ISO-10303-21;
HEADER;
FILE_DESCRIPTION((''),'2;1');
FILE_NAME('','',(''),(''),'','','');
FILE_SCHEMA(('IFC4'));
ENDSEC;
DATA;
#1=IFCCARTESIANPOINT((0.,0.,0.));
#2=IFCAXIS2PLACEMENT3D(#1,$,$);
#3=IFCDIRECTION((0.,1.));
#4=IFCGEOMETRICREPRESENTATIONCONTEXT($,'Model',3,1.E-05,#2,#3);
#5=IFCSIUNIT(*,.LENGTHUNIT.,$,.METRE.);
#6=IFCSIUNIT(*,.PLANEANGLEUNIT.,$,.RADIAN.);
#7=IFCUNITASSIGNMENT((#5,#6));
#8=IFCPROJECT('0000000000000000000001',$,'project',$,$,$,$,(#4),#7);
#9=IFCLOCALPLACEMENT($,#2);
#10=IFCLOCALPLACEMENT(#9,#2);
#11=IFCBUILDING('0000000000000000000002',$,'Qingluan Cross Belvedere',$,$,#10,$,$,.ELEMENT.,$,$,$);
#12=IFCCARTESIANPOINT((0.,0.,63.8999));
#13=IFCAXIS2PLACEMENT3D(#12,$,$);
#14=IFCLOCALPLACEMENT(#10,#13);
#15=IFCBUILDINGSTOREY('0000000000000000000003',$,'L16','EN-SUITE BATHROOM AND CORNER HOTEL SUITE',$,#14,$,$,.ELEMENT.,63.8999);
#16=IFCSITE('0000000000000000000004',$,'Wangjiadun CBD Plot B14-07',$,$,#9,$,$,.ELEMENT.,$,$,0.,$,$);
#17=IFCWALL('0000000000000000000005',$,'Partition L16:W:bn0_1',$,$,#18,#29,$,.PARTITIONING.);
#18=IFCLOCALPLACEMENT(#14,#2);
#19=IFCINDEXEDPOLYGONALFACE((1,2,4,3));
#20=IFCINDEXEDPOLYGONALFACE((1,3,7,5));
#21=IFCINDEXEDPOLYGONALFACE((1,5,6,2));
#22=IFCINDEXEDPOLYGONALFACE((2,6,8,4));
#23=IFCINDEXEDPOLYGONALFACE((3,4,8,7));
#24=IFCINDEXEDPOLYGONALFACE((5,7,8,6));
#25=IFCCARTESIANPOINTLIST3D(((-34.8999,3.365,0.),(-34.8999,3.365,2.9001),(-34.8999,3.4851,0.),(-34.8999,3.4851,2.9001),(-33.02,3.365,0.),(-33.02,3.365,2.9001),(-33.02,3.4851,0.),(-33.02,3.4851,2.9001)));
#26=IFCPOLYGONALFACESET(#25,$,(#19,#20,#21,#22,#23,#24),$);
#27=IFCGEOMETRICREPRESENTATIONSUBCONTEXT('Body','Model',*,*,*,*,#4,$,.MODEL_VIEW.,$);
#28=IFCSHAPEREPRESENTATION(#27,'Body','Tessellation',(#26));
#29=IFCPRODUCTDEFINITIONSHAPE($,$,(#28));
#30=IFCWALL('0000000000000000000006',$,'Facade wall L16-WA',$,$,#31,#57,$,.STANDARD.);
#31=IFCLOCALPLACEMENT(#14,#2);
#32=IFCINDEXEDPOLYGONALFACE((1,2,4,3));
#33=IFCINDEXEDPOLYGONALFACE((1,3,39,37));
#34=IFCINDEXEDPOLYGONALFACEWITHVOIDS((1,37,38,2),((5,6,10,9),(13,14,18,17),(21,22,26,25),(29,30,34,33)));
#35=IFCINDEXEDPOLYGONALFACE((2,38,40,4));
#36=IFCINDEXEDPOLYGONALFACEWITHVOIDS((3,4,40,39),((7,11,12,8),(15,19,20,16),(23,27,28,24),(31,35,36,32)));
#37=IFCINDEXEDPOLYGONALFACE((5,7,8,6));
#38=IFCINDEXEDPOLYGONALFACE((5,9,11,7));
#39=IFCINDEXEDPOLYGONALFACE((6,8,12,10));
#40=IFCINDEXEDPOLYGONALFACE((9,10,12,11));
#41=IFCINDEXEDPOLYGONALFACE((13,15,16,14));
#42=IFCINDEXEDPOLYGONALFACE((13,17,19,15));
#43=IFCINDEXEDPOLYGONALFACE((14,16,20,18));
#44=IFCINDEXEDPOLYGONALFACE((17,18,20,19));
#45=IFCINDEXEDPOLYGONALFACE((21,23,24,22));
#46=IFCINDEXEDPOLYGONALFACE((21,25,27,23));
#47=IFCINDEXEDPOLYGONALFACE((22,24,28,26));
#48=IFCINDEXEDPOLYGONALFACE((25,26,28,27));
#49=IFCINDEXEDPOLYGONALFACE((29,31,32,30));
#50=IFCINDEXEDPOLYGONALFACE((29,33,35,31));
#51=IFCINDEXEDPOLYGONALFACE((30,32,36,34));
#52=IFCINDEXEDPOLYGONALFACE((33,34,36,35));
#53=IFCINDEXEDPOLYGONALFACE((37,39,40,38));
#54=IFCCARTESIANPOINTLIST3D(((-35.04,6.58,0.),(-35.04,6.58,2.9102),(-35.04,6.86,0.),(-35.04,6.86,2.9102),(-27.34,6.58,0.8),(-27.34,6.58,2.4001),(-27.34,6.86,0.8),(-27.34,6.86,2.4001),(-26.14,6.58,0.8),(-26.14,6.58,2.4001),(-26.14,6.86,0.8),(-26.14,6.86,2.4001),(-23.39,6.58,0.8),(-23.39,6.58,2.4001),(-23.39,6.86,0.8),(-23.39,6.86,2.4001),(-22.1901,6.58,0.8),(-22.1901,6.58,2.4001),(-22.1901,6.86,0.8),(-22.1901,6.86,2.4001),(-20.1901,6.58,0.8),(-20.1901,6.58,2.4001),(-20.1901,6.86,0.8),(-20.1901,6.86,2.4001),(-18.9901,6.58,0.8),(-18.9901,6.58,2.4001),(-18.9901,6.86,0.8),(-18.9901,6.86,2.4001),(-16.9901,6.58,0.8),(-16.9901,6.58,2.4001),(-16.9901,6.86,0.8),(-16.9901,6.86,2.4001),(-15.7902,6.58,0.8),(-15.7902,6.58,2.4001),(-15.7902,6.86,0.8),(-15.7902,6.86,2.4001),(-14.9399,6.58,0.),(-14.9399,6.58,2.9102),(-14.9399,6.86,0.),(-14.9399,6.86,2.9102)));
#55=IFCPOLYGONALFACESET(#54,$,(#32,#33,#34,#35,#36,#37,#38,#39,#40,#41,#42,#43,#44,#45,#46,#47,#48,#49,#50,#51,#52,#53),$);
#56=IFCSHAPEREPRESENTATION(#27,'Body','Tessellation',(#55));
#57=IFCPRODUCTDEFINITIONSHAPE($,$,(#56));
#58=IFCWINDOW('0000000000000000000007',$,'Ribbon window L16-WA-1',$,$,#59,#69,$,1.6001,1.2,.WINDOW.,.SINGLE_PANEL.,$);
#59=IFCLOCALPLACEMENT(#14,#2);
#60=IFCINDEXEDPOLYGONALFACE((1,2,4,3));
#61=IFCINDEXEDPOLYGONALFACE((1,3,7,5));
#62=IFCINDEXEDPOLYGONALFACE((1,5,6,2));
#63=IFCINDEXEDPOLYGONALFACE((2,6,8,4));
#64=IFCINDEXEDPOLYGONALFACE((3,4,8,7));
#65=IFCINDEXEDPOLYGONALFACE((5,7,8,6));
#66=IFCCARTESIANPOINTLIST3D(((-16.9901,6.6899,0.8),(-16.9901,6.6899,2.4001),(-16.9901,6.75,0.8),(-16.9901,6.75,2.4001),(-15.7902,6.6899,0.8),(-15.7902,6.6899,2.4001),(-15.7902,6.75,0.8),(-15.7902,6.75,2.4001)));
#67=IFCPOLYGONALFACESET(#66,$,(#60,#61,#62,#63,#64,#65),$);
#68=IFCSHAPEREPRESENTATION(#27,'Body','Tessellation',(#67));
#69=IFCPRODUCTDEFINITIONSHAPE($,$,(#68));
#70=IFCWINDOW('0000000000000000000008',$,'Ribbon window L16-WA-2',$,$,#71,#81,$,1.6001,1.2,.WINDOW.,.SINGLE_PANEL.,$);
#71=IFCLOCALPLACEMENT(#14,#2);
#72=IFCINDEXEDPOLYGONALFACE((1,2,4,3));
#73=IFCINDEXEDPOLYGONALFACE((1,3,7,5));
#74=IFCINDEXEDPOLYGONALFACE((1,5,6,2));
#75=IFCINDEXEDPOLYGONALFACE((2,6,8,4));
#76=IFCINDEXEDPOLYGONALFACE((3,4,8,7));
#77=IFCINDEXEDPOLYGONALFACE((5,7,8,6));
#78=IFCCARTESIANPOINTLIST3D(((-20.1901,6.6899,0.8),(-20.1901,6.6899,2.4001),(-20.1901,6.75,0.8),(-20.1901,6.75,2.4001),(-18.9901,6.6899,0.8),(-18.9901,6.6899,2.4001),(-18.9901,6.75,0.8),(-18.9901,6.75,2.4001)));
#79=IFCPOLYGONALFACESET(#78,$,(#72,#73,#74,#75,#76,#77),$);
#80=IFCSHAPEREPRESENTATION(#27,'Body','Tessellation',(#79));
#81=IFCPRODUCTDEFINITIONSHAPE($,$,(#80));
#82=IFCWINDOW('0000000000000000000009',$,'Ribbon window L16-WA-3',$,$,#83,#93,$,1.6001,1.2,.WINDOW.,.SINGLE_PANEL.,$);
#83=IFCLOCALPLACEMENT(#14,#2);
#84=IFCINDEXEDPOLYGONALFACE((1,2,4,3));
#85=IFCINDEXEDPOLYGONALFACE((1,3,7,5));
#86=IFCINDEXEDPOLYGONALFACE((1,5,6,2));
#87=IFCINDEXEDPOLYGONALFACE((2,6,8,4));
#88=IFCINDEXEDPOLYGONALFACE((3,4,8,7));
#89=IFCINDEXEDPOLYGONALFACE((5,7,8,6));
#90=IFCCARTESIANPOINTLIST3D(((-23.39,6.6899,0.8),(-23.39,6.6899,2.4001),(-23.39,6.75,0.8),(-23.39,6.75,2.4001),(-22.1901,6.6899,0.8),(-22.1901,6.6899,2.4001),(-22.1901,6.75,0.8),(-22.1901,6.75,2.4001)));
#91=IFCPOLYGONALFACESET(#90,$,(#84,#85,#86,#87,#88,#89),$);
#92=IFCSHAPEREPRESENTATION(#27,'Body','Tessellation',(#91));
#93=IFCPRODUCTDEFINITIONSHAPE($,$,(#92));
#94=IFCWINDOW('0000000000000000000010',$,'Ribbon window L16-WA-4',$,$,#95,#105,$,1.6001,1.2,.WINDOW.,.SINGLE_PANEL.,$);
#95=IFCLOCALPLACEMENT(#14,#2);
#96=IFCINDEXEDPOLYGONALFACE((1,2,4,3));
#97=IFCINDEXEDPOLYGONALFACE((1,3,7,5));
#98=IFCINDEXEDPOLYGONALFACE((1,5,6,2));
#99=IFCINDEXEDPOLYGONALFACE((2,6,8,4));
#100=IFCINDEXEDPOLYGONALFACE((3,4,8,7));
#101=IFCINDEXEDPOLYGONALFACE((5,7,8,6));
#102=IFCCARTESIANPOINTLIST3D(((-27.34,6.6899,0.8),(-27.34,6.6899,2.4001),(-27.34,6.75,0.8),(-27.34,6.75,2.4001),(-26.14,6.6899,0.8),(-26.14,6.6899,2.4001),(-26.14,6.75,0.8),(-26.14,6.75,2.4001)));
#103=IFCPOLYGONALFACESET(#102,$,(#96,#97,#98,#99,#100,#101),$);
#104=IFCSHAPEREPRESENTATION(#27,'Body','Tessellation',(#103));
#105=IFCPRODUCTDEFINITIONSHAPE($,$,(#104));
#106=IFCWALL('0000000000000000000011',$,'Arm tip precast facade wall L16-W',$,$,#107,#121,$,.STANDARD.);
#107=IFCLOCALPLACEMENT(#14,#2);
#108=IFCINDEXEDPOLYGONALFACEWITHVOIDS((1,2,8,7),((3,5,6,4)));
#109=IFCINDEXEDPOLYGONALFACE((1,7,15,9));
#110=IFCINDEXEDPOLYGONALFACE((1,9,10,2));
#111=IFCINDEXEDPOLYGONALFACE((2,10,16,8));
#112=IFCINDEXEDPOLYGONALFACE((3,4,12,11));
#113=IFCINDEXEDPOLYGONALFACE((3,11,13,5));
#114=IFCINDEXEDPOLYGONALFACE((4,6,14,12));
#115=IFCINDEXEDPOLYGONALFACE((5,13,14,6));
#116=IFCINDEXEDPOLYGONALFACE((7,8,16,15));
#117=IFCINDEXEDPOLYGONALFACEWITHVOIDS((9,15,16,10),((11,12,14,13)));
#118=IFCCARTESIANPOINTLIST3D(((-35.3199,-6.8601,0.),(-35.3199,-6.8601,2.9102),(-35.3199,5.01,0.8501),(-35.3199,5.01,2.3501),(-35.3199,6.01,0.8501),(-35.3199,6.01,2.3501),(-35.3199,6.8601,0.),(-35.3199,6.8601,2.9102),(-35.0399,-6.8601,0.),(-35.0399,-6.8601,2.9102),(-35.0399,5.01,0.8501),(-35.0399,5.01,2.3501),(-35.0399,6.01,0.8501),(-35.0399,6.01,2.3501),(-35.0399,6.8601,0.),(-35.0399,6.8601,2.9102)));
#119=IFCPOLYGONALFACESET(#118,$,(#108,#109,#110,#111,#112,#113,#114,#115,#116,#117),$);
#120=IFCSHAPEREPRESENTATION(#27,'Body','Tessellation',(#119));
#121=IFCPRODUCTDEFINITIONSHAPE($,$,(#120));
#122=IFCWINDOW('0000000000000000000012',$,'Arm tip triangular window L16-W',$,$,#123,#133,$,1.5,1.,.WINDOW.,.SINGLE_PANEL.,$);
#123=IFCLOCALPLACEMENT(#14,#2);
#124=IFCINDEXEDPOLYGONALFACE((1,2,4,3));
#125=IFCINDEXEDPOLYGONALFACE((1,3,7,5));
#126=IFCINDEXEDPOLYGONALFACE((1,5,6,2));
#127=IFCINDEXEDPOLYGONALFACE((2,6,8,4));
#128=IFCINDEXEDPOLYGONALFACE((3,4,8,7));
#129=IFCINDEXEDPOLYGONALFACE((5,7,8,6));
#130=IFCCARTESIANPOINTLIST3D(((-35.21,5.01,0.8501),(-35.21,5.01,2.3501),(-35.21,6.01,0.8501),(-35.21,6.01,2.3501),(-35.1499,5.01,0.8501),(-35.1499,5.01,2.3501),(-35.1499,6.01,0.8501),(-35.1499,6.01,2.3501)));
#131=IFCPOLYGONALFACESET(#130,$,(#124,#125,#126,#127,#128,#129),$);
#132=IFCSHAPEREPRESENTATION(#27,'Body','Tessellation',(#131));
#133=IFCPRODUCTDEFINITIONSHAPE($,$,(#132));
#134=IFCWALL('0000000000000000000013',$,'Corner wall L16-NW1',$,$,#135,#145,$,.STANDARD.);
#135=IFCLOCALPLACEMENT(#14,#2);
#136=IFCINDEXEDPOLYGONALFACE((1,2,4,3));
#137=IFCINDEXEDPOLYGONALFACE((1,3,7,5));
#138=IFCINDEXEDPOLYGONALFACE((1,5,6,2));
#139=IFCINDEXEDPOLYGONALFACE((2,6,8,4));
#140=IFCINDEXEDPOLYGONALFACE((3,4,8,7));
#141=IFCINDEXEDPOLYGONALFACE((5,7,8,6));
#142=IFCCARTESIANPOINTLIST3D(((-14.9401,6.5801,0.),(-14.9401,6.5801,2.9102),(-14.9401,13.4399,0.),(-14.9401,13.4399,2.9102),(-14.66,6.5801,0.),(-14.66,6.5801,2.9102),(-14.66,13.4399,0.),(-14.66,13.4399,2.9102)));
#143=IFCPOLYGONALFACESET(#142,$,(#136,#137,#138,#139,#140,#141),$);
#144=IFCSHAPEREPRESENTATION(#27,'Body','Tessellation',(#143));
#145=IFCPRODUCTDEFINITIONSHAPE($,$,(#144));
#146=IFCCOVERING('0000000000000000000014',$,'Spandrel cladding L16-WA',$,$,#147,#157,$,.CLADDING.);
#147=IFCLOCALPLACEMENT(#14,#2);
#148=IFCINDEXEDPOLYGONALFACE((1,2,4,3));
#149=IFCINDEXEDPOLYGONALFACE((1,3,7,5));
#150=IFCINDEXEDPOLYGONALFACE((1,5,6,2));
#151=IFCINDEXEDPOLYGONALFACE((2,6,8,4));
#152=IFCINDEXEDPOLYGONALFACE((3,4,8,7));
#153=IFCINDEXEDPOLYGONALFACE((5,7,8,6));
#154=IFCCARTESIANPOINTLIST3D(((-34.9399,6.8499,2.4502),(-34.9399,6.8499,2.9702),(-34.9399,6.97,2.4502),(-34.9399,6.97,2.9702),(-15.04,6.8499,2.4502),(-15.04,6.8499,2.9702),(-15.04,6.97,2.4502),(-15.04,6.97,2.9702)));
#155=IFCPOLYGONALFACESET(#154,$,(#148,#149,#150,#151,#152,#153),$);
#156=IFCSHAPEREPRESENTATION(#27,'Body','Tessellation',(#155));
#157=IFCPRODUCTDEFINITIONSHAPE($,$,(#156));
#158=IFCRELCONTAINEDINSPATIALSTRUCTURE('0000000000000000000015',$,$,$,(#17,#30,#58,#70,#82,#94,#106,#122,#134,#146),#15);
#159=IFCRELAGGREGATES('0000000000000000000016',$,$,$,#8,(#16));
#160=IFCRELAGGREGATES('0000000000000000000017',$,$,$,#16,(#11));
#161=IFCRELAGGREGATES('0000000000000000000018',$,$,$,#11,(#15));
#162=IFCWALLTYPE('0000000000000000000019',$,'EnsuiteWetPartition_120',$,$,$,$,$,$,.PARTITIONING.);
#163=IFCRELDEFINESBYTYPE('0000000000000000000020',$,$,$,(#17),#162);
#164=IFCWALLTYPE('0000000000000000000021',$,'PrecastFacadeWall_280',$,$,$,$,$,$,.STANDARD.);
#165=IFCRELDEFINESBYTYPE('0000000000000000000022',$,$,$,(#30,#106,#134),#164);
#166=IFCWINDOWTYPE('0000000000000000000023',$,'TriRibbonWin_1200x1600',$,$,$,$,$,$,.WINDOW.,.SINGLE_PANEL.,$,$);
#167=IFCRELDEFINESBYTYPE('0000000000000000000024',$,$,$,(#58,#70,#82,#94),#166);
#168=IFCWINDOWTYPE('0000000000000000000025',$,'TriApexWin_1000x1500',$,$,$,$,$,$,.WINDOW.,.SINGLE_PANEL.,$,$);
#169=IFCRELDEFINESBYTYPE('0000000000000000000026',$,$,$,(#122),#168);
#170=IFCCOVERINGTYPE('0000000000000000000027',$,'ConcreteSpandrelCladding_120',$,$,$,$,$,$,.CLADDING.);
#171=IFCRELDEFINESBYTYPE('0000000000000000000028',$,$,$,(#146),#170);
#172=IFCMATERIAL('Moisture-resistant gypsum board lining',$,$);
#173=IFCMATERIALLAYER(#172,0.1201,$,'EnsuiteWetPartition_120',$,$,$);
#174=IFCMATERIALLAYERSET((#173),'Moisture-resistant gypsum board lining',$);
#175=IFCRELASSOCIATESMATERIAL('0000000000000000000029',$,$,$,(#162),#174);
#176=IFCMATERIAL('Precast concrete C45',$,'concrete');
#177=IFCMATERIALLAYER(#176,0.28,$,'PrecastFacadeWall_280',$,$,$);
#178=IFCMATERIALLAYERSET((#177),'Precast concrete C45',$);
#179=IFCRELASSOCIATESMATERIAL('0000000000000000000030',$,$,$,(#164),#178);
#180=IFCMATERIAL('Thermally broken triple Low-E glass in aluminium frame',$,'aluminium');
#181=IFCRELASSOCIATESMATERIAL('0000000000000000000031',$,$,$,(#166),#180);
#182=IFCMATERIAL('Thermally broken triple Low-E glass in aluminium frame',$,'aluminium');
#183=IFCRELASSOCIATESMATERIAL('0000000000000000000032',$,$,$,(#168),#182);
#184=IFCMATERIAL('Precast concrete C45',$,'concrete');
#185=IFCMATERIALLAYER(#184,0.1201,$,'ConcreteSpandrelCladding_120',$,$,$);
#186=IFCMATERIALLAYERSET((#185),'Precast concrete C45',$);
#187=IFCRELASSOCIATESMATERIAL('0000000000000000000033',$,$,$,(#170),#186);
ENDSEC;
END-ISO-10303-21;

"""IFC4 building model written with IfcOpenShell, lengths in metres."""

from ifc_helpers import new_model, si_unit, direction, frame, frame_2d, origin, origin_2d, place, context, subcontext, project, spatial, rectangle, extrude, material, layer, layer_set, type_object, element, fill, save


model = new_model("IFC4")

# Units and contexts
model_context = context("Model", 3, precision=1e-05, world=origin(), true_north=direction((0.0, 1.0)))
body_context = subcontext(model_context, "Body", "Model", "MODEL_VIEW")
ifc_project = project(units=[si_unit("LENGTHUNIT", "METRE"), si_unit("PLANEANGLEUNIT", "RADIAN")], contexts=[model_context])

# Site, building, storey
site_placement = place(None, origin())
site = spatial("IfcSite", under=ifc_project, at=site_placement, Name="Wangjiadun CBD Plot B14-07", CompositionType="ELEMENT", RefElevation=0.0)
building_placement = place(site_placement, origin())
building = spatial("IfcBuilding", under=site, at=building_placement, Name="Qingluan Cross Belvedere", CompositionType="ELEMENT")
storey_placement = place(building_placement, frame((0.0, 0.0, 63.8999)))
storey = spatial("IfcBuildingStorey", under=building, at=storey_placement, Name="L16", Description="EN-SUITE BATHROOM AND CORNER HOTEL SUITE", CompositionType="ELEMENT", Elevation=63.8999)

# Shared definitions
ifc_material_1 = material(Name="Moisture-resistant gypsum board lining")
ifc_layer_1 = layer(ifc_material_1, 0.1201, Name="EnsuiteWetPartition_120")
ifc_layer_set_1 = layer_set([ifc_layer_1], Name="Moisture-resistant gypsum board lining")
wall_type_1 = type_object("IfcWallType", Name="EnsuiteWetPartition_120", PredefinedType="PARTITIONING", material=ifc_layer_set_1)

# Wall
wall_1_placement = place(storey_placement, frame((-33.02, 3.425, 0.0), z_axis=(0.0, 0.0, 1.0), x_axis=(-1.0, 0.0, 0.0)))
element("IfcWall", 1, at=wall_1_placement, inside=storey, type_object=wall_type_1, Name="Partition L16:W:bn0_1", PredefinedType="PARTITIONING", context=body_context, shape_type="SweptSolid", body=[
    extrude(rectangle(XDim=1.8799, YDim=0.1201, at=frame_2d((0.9399, 0.0))), origin(), (0.0, 0.0, 1.0), 2.9001),
])

# Wall, openings, windows
ifc_material_2 = material(Name="Precast concrete C45", Category="concrete")
ifc_layer_2 = layer(ifc_material_2, 0.28, Name="PrecastFacadeWall_280")
ifc_layer_set_2 = layer_set([ifc_layer_2], Name="Precast concrete C45")
wall_type_2 = type_object("IfcWallType", Name="PrecastFacadeWall_280", PredefinedType="STANDARD", material=ifc_layer_set_2)
wall_2_placement = place(storey_placement, frame((-14.9399, 6.72, 0.0), z_axis=(0.0, 0.0, 1.0), x_axis=(-1.0, 0.0, 0.0)))
wall_2 = element("IfcWall", 2, at=wall_2_placement, inside=storey, type_object=wall_type_2, Name="Facade wall L16-WA", PredefinedType="STANDARD", context=body_context, shape_type="SweptSolid", body=[
    extrude(rectangle(XDim=20.1001, YDim=0.28, at=frame_2d((10.05, 0.0))), origin(), (0.0, 0.0, 1.0), 2.9102),
])
opening_1_placement = place(wall_2_placement, frame((0.8501, 0.0, 0.8)))
opening_1 = element("IfcOpeningElement", 3, at=opening_1_placement, cuts=wall_2, PredefinedType="OPENING", context=body_context, shape_type="SweptSolid", body=[
    extrude(rectangle(XDim=1.2, YDim=1.6001, at=frame_2d((0.6001, 0.8))), frame((0.0, 0.1499, 0.0), z_axis=(0.0, -1.0, 0.0), x_axis=(1.0, 0.0, 0.0)), (0.0, 0.0, 1.0), 0.3),
])
opening_2_placement = place(wall_2_placement, frame((4.05, 0.0, 0.8)))
opening_2 = element("IfcOpeningElement", 4, at=opening_2_placement, cuts=wall_2, PredefinedType="OPENING", context=body_context, shape_type="SweptSolid", body=[
    extrude(rectangle(XDim=1.2, YDim=1.6001, at=frame_2d((0.6001, 0.8))), frame((0.0, 0.1499, 0.0), z_axis=(0.0, -1.0, 0.0), x_axis=(1.0, 0.0, 0.0)), (0.0, 0.0, 1.0), 0.3),
])
opening_3_placement = place(wall_2_placement, frame((7.25, 0.0, 0.8)))
opening_3 = element("IfcOpeningElement", 5, at=opening_3_placement, cuts=wall_2, PredefinedType="OPENING", context=body_context, shape_type="SweptSolid", body=[
    extrude(rectangle(XDim=1.2, YDim=1.6001, at=frame_2d((0.6001, 0.8))), frame((0.0, 0.1499, 0.0), z_axis=(0.0, -1.0, 0.0), x_axis=(1.0, 0.0, 0.0)), (0.0, 0.0, 1.0), 0.3),
])
opening_4_placement = place(wall_2_placement, frame((11.2, 0.0, 0.8)))
opening_4 = element("IfcOpeningElement", 6, at=opening_4_placement, cuts=wall_2, PredefinedType="OPENING", context=body_context, shape_type="SweptSolid", body=[
    extrude(rectangle(XDim=1.2, YDim=1.6001, at=frame_2d((0.6001, 0.8))), frame((0.0, 0.1499, 0.0), z_axis=(0.0, -1.0, 0.0), x_axis=(1.0, 0.0, 0.0)), (0.0, 0.0, 1.0), 0.3),
])
ifc_material_3 = material(Name="Thermally broken triple Low-E glass in aluminium frame", Category="aluminium")
window_type_1 = type_object("IfcWindowType", Name="TriRibbonWin_1200x1600", PartitioningType="SINGLE_PANEL", PredefinedType="WINDOW", material=ifc_material_3)
window_1_placement = place(opening_1_placement, origin())
window_1 = element("IfcWindow", 7, at=window_1_placement, inside=storey, type_object=window_type_1, Name="Ribbon window L16-WA-1", OverallHeight=1.6001, OverallWidth=1.2, PartitioningType="SINGLE_PANEL", PredefinedType="WINDOW", context=body_context, shape_type="SweptSolid", body=[
    extrude(rectangle(XDim=1.2, YDim=1.6001, at=frame_2d((0.6001, 0.8))), frame((0.0, 0.03, 0.0), z_axis=(0.0, -1.0, 0.0), x_axis=(1.0, 0.0, 0.0)), (0.0, 0.0, 1.0), 0.0601),
])
fill(opening_1, window_1)
window_2_placement = place(opening_2_placement, origin())
window_2 = element("IfcWindow", 8, at=window_2_placement, inside=storey, type_object=window_type_1, Name="Ribbon window L16-WA-2", OverallHeight=1.6001, OverallWidth=1.2, PartitioningType="SINGLE_PANEL", PredefinedType="WINDOW", context=body_context, shape_type="SweptSolid", body=[
    extrude(rectangle(XDim=1.2, YDim=1.6001, at=frame_2d((0.6001, 0.8))), frame((0.0, 0.03, 0.0), z_axis=(0.0, -1.0, 0.0), x_axis=(1.0, 0.0, 0.0)), (0.0, 0.0, 1.0), 0.0601),
])
fill(opening_2, window_2)
window_3_placement = place(opening_3_placement, origin())
window_3 = element("IfcWindow", 9, at=window_3_placement, inside=storey, type_object=window_type_1, Name="Ribbon window L16-WA-3", OverallHeight=1.6001, OverallWidth=1.2, PartitioningType="SINGLE_PANEL", PredefinedType="WINDOW", context=body_context, shape_type="SweptSolid", body=[
    extrude(rectangle(XDim=1.2, YDim=1.6001, at=frame_2d((0.6001, 0.8))), frame((0.0, 0.03, 0.0), z_axis=(0.0, -1.0, 0.0), x_axis=(1.0, 0.0, 0.0)), (0.0, 0.0, 1.0), 0.0601),
])
fill(opening_3, window_3)
window_4_placement = place(opening_4_placement, origin())
window_4 = element("IfcWindow", 10, at=window_4_placement, inside=storey, type_object=window_type_1, Name="Ribbon window L16-WA-4", OverallHeight=1.6001, OverallWidth=1.2, PartitioningType="SINGLE_PANEL", PredefinedType="WINDOW", context=body_context, shape_type="SweptSolid", body=[
    extrude(rectangle(XDim=1.2, YDim=1.6001, at=frame_2d((0.6001, 0.8))), frame((0.0, 0.03, 0.0), z_axis=(0.0, -1.0, 0.0), x_axis=(1.0, 0.0, 0.0)), (0.0, 0.0, 1.0), 0.0601),
])
fill(opening_4, window_4)

# Wall, opening, window
wall_3_placement = place(storey_placement, frame((-35.1799, 6.8601, 0.0), z_axis=(0.0, 0.0, 1.0), x_axis=(0.0, -1.0, 0.0)))
wall_3 = element("IfcWall", 11, at=wall_3_placement, inside=storey, type_object=wall_type_2, Name="Arm tip precast facade wall L16-W", PredefinedType="STANDARD", context=body_context, shape_type="SweptSolid", body=[
    extrude(rectangle(XDim=13.7202, YDim=0.28, at=frame_2d((6.8601, 0.0))), origin(), (0.0, 0.0, 1.0), 2.9102),
])
opening_5_placement = place(wall_3_placement, frame((0.8501, 0.0, 0.8501)))
opening_5 = element("IfcOpeningElement", 12, at=opening_5_placement, cuts=wall_3, PredefinedType="OPENING", context=body_context, shape_type="SweptSolid", body=[
    extrude(rectangle(XDim=1.0, YDim=1.5, at=frame_2d((0.5, 0.75))), frame((0.0, 0.1499, 0.0), z_axis=(0.0, -1.0, 0.0), x_axis=(1.0, 0.0, 0.0)), (0.0, 0.0, 1.0), 0.3),
])
ifc_material_4 = material(Name="Thermally broken triple Low-E glass in aluminium frame", Category="aluminium")
window_type_2 = type_object("IfcWindowType", Name="TriApexWin_1000x1500", PartitioningType="SINGLE_PANEL", PredefinedType="WINDOW", material=ifc_material_4)
window_5_placement = place(opening_5_placement, origin())
window_5 = element("IfcWindow", 13, at=window_5_placement, inside=storey, type_object=window_type_2, Name="Arm tip triangular window L16-W", OverallHeight=1.5, OverallWidth=1.0, PartitioningType="SINGLE_PANEL", PredefinedType="WINDOW", context=body_context, shape_type="SweptSolid", body=[
    extrude(rectangle(XDim=1.0, YDim=1.5, at=frame_2d((0.5, 0.75))), frame((0.0, 0.03, 0.0), z_axis=(0.0, -1.0, 0.0), x_axis=(1.0, 0.0, 0.0)), (0.0, 0.0, 1.0), 0.0601),
])
fill(opening_5, window_5)

# Wall
wall_4_placement = place(storey_placement, frame((-14.8, 6.5801, 0.0), z_axis=(0.0, 0.0, 1.0), x_axis=(0.0, 1.0, 0.0)))
element("IfcWall", 14, at=wall_4_placement, inside=storey, type_object=wall_type_2, Name="Corner wall L16-NW1", PredefinedType="STANDARD", context=body_context, shape_type="SweptSolid", body=[
    extrude(rectangle(XDim=6.8599, YDim=0.28, at=frame_2d((3.4299, 0.0))), origin(), (0.0, 0.0, 1.0), 2.9102),
])

# Covering
ifc_material_5 = material(Name="Precast concrete C45", Category="concrete")
ifc_layer_3 = layer(ifc_material_5, 0.1201, Name="ConcreteSpandrelCladding_120")
ifc_layer_set_3 = layer_set([ifc_layer_3], Name="Precast concrete C45")
covering_type = type_object("IfcCoveringType", Name="ConcreteSpandrelCladding_120", PredefinedType="CLADDING", material=ifc_layer_set_3)
covering_placement = place(storey_placement, frame((-24.99, 6.9099, 2.4502), z_axis=(0.0, 0.0, 1.0), x_axis=(-1.0, 0.0, 0.0)))
element("IfcCovering", 15, at=covering_placement, inside=storey, type_object=covering_type, Name="Spandrel cladding L16-WA", PredefinedType="CLADDING", context=body_context, shape_type="SweptSolid", body=[
    extrude(rectangle(XDim=19.8999, YDim=0.1201, at=origin_2d()), origin(), (0.0, 0.0, 1.0), 0.52),
])

save(model, "model.ifc")
